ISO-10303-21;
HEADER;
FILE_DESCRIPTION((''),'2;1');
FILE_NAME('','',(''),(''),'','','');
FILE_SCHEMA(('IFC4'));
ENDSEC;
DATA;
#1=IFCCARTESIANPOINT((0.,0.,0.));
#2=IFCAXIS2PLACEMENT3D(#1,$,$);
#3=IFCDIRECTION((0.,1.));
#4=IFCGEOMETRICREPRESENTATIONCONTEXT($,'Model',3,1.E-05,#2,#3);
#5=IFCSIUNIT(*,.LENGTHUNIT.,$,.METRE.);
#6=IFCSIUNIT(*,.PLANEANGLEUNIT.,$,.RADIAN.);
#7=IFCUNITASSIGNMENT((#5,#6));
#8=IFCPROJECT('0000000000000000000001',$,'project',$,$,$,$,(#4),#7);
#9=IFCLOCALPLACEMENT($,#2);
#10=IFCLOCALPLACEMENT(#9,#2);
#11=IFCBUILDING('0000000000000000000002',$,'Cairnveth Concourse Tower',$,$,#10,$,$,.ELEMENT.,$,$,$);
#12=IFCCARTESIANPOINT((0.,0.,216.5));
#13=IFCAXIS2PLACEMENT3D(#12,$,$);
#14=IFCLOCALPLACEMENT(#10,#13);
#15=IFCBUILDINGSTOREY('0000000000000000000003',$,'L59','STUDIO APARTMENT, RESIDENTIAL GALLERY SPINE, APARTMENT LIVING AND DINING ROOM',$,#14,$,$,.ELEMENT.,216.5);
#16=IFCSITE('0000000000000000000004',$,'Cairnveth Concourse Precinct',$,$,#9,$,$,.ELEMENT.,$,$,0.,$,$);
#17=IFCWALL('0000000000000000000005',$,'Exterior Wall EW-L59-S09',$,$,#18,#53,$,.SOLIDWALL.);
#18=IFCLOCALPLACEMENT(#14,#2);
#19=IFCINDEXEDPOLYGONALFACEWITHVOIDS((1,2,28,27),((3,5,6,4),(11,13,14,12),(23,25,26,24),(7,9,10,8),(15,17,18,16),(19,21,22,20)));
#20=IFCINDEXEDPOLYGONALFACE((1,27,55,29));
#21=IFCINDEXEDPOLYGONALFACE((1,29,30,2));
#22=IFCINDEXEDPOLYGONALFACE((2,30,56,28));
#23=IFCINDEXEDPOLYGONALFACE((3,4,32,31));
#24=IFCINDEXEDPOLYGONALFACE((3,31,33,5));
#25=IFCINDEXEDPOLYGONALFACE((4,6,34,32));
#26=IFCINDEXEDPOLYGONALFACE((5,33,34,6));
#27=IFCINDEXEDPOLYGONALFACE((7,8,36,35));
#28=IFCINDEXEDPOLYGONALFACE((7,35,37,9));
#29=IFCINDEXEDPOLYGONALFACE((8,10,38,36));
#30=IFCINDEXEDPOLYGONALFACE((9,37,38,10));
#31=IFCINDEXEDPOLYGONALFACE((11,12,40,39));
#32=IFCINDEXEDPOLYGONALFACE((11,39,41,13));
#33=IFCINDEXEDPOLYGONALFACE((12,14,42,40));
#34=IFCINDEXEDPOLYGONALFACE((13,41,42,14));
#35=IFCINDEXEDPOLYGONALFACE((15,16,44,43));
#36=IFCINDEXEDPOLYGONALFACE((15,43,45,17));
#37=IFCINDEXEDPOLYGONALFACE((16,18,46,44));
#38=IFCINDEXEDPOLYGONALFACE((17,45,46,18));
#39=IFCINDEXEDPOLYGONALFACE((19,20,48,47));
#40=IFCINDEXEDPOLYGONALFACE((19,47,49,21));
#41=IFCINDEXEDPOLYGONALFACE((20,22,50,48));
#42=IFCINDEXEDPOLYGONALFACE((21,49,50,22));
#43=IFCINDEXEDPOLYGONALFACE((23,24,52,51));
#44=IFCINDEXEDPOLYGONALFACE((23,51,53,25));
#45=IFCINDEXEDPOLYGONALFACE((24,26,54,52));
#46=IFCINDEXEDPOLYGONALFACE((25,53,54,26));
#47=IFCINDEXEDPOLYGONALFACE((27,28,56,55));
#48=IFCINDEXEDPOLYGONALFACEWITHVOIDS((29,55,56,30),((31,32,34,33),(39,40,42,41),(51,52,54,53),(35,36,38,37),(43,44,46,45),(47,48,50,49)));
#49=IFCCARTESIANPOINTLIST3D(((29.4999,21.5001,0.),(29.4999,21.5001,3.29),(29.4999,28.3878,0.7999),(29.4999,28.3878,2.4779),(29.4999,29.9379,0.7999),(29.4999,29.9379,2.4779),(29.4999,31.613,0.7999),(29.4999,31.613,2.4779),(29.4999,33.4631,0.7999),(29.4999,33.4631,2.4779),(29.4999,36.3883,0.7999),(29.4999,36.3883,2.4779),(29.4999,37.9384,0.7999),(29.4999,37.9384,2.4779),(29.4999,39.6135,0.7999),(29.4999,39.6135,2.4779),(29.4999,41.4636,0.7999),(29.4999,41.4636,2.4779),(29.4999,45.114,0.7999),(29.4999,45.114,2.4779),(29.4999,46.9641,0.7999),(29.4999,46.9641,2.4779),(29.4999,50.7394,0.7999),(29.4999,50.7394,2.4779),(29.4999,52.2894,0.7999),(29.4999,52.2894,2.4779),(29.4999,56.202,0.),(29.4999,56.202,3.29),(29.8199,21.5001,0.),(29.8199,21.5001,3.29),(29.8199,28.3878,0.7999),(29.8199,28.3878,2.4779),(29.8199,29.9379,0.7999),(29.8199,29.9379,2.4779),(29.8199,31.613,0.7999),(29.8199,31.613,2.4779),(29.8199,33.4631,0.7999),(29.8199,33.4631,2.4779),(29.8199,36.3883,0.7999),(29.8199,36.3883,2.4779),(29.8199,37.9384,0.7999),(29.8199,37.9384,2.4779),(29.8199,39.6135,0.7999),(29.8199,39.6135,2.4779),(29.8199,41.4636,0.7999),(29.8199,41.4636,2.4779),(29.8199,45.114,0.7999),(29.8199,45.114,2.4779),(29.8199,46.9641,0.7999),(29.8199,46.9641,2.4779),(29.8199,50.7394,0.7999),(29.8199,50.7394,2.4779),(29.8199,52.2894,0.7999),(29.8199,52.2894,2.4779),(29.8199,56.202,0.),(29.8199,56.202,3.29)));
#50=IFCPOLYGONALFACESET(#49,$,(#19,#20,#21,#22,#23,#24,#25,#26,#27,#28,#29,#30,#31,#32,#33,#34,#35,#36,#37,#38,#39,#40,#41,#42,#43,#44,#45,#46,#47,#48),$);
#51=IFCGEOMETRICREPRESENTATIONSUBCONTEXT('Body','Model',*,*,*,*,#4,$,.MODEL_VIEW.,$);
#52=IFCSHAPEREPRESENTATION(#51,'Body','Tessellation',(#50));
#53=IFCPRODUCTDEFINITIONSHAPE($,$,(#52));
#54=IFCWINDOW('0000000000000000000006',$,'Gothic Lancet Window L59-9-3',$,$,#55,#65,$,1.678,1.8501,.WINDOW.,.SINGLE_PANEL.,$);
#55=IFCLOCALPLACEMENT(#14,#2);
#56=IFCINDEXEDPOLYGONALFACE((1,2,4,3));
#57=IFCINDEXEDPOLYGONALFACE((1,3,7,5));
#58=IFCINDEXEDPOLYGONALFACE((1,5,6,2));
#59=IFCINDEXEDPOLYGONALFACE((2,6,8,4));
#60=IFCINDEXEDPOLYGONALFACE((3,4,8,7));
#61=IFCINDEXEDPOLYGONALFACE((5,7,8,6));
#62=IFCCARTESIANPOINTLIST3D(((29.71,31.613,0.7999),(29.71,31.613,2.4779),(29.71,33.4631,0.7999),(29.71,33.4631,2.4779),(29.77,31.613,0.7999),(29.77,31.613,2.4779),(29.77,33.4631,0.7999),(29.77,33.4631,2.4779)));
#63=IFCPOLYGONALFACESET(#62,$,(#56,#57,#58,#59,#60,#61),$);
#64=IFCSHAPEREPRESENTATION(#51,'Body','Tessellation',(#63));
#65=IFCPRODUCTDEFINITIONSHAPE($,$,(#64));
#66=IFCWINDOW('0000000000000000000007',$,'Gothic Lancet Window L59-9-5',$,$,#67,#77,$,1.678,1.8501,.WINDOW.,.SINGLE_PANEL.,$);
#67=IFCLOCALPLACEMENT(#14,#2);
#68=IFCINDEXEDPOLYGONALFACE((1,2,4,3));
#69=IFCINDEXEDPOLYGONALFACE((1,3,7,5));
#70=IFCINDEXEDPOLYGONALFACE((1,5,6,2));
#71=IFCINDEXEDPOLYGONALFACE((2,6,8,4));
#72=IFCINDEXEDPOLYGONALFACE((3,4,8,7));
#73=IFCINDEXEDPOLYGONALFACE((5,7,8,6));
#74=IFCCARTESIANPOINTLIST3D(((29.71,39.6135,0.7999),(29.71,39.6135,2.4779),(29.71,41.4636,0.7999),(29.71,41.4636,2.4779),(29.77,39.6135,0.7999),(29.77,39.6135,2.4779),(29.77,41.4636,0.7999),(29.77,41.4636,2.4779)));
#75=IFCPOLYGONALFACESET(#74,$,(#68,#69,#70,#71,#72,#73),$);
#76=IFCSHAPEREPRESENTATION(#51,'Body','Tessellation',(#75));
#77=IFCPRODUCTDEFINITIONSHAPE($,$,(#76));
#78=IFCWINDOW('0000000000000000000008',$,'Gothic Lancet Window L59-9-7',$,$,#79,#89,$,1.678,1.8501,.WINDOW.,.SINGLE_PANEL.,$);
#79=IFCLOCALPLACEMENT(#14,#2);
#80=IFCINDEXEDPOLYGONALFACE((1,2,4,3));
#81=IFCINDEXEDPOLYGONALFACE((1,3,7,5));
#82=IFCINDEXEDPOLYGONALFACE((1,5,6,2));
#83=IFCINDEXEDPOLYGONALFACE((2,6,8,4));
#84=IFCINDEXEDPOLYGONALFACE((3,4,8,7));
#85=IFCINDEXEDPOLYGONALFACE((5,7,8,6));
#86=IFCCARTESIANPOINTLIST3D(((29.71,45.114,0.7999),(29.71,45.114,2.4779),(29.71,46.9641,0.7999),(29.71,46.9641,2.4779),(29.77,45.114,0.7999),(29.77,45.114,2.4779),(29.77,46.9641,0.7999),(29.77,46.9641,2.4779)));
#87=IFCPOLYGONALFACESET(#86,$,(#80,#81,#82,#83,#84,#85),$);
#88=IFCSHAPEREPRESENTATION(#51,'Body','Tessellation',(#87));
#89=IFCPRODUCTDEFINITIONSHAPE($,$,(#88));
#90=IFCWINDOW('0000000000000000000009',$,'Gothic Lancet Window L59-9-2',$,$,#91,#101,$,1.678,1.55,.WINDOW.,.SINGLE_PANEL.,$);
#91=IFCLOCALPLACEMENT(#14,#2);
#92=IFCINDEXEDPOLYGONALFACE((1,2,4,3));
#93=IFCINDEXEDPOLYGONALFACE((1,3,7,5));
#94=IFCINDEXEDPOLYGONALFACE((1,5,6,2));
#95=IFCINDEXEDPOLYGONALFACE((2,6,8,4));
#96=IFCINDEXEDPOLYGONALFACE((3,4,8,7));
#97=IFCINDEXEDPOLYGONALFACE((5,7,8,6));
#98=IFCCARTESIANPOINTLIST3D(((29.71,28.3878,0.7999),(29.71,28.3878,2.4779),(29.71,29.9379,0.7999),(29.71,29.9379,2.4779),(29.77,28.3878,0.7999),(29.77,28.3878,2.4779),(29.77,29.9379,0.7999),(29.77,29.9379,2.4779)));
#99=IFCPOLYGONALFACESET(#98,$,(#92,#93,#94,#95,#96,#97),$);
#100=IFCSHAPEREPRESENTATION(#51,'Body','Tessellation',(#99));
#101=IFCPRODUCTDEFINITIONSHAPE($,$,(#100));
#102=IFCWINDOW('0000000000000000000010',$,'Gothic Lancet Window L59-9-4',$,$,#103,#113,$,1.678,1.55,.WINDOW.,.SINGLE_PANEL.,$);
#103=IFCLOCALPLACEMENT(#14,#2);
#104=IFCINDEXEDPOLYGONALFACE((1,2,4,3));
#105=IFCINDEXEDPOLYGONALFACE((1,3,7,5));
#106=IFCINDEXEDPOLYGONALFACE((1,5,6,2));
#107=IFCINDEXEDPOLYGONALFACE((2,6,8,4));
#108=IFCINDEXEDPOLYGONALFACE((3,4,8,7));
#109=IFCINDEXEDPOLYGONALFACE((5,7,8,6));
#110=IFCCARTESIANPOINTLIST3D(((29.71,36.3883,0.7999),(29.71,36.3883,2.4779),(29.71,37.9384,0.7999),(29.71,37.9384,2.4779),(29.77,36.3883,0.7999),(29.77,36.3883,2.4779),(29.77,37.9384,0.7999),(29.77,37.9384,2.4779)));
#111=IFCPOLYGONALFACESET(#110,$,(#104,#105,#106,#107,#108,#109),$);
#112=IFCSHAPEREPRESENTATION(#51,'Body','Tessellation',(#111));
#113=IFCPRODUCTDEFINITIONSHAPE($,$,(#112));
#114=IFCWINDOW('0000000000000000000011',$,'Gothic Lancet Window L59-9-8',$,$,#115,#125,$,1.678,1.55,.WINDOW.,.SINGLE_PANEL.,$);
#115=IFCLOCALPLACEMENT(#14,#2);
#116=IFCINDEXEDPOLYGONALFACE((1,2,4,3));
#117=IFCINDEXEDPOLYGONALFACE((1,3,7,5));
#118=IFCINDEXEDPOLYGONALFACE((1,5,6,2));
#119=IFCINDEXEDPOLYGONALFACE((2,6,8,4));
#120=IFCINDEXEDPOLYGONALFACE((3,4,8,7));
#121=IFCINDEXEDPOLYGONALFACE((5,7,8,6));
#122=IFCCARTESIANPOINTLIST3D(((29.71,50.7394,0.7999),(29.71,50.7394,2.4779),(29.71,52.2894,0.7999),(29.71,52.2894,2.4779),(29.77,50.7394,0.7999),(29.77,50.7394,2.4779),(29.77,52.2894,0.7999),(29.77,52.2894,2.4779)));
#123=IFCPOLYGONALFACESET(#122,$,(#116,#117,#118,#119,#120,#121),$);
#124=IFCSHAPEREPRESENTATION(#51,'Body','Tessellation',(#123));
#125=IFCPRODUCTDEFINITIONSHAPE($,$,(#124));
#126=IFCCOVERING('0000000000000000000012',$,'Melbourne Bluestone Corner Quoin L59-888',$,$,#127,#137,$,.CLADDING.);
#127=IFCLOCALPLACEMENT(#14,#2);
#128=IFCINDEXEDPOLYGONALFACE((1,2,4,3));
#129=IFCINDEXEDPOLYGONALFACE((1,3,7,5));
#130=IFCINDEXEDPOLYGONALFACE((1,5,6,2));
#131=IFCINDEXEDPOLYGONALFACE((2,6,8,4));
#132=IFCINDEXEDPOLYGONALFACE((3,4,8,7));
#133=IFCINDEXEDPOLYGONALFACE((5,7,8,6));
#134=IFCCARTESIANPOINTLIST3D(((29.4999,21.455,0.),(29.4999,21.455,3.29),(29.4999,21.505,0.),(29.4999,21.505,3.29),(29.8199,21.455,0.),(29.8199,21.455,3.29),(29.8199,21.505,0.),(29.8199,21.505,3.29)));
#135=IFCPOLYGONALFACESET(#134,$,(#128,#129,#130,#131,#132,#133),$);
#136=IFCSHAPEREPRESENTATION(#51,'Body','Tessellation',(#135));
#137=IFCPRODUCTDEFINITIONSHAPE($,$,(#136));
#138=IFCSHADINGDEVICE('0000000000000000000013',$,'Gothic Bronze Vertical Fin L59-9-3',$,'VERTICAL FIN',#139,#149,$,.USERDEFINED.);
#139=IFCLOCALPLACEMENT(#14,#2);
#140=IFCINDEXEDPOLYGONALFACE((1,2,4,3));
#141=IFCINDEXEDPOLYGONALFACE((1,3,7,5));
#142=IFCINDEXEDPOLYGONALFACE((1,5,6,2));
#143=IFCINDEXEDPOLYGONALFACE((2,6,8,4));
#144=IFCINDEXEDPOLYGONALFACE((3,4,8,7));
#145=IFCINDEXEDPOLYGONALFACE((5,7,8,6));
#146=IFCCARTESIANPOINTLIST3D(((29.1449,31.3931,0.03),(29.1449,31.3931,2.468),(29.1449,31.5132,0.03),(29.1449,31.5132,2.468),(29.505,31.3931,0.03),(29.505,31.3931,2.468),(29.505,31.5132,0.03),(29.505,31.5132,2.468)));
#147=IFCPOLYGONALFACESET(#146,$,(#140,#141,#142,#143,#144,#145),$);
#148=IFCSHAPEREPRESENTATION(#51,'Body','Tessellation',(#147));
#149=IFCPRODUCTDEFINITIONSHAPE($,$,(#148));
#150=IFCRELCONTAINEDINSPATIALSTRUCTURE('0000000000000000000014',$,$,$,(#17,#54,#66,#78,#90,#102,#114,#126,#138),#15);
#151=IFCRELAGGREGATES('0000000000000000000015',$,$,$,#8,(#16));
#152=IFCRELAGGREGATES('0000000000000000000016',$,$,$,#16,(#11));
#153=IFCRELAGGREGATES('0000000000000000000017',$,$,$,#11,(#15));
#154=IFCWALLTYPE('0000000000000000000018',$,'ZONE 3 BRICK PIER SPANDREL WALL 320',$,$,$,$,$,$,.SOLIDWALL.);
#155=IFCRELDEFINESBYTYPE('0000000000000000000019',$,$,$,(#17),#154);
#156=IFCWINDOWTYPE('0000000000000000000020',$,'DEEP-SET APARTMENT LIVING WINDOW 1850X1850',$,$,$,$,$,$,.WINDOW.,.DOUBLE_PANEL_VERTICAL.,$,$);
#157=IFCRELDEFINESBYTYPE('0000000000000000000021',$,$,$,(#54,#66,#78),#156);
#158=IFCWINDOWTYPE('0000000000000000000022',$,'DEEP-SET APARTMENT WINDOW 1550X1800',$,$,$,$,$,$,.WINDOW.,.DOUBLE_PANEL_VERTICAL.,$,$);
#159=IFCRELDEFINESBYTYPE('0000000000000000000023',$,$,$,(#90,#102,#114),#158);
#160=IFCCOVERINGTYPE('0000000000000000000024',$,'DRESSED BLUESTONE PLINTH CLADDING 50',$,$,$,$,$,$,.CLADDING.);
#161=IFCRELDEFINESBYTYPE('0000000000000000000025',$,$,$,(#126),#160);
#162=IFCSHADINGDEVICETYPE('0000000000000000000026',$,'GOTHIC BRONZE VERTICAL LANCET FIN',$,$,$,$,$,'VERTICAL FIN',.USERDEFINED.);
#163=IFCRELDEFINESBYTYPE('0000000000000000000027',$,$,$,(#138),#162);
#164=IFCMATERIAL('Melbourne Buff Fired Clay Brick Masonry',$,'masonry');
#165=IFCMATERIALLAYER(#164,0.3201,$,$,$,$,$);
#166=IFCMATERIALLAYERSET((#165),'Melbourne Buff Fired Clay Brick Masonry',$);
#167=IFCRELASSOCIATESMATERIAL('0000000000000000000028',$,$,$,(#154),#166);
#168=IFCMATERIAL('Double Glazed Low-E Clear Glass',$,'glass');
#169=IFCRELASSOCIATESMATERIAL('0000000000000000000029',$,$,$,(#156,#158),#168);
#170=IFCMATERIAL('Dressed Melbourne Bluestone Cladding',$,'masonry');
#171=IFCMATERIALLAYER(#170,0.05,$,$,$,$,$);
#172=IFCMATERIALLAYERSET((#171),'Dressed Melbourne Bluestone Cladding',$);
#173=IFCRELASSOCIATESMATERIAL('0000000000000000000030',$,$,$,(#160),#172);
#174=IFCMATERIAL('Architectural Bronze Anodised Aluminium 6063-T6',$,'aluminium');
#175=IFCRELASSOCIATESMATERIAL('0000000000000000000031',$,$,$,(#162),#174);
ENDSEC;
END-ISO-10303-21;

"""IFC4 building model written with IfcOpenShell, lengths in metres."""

from ifc_helpers import new_model, si_unit, direction, frame, frame_2d, origin, origin_2d, place, context, subcontext, project, spatial, rectangle, extrude, material, layer, layer_set, type_object, element, fill, save


model = new_model("IFC4")

# Units and contexts
model_context = context("Model", 3, precision=1e-05, world=origin(), true_north=direction((0.0, 1.0)))
body_context = subcontext(model_context, "Body", "Model", "MODEL_VIEW")
ifc_project = project(units=[si_unit("LENGTHUNIT", "METRE"), si_unit("PLANEANGLEUNIT", "RADIAN")], contexts=[model_context])

# Site, building, storey
site_placement = place(None, origin())
site = spatial("IfcSite", under=ifc_project, at=site_placement, Name="Cairnveth Concourse Precinct", CompositionType="ELEMENT", RefElevation=0.0)
building_placement = place(site_placement, origin())
building = spatial("IfcBuilding", under=site, at=building_placement, Name="Cairnveth Concourse Tower", CompositionType="ELEMENT")
storey_placement = place(building_placement, frame((0.0, 0.0, 216.5)))
storey = spatial("IfcBuildingStorey", under=building, at=storey_placement, Name="L59", Description="STUDIO APARTMENT, RESIDENTIAL GALLERY SPINE, APARTMENT LIVING AND DINING ROOM", CompositionType="ELEMENT", Elevation=216.5)

# Wall, openings, windows
ifc_material_1 = material(Name="Melbourne Buff Fired Clay Brick Masonry", Category="masonry")
ifc_layer_1 = layer(ifc_material_1, 0.3201)
ifc_layer_set_1 = layer_set([ifc_layer_1], Name="Melbourne Buff Fired Clay Brick Masonry")
wall_type_1 = type_object("IfcWallType", Name="ZONE 3 BRICK PIER SPANDREL WALL 320", PredefinedType="SOLIDWALL", material=ifc_layer_set_1)
wall_1_placement = place(storey_placement, frame((29.6599, 21.5, 0.0), z_axis=(0.0, 0.0, 1.0), x_axis=(0.0, 1.0, 0.0)))
wall_1 = element("IfcWall", 1, at=wall_1_placement, inside=storey, type_object=wall_type_1, Name="Exterior Wall EW-L59-S09", PredefinedType="SOLIDWALL", context=body_context, shape_type="SweptSolid", body=[
    extrude(rectangle(XDim=34.7019, YDim=0.3201, at=frame_2d((17.3511, 0.0))), origin(), (0.0, 0.0, 1.0), 3.29),
])
opening_1_placement = place(wall_1_placement, frame((6.8879, 0.0, 0.8)))
opening_1 = element("IfcOpeningElement", 2, at=opening_1_placement, cuts=wall_1, PredefinedType="OPENING", context=body_context, shape_type="SweptSolid", body=[
    extrude(rectangle(XDim=1.55, YDim=1.678, at=frame_2d((0.7749, 0.8389))), frame((0.0, 0.1699, 0.0), z_axis=(0.0, -1.0, 0.0), x_axis=(1.0, 0.0, 0.0)), (0.0, 0.0, 1.0), 0.3401),
])
opening_2_placement = place(wall_1_placement, frame((10.113, 0.0, 0.8)))
opening_2 = element("IfcOpeningElement", 3, at=opening_2_placement, cuts=wall_1, PredefinedType="OPENING", context=body_context, shape_type="SweptSolid", body=[
    extrude(rectangle(XDim=1.8501, YDim=1.678, at=frame_2d((0.925, 0.8389))), frame((0.0, 0.1699, 0.0), z_axis=(0.0, -1.0, 0.0), x_axis=(1.0, 0.0, 0.0)), (0.0, 0.0, 1.0), 0.3401),
])
opening_3_placement = place(wall_1_placement, frame((14.8884, 0.0, 0.8)))
opening_3 = element("IfcOpeningElement", 4, at=opening_3_placement, cuts=wall_1, PredefinedType="OPENING", context=body_context, shape_type="SweptSolid", body=[
    extrude(rectangle(XDim=1.55, YDim=1.678, at=frame_2d((0.7749, 0.8389))), frame((0.0, 0.1699, 0.0), z_axis=(0.0, -1.0, 0.0), x_axis=(1.0, 0.0, 0.0)), (0.0, 0.0, 1.0), 0.3401),
])
opening_4_placement = place(wall_1_placement, frame((18.1135, 0.0, 0.8)))
opening_4 = element("IfcOpeningElement", 5, at=opening_4_placement, cuts=wall_1, PredefinedType="OPENING", context=body_context, shape_type="SweptSolid", body=[
    extrude(rectangle(XDim=1.8501, YDim=1.678, at=frame_2d((0.925, 0.8389))), frame((0.0, 0.1699, 0.0), z_axis=(0.0, -1.0, 0.0), x_axis=(1.0, 0.0, 0.0)), (0.0, 0.0, 1.0), 0.3401),
])
opening_5_placement = place(wall_1_placement, frame((23.614, 0.0, 0.8)))
opening_5 = element("IfcOpeningElement", 6, at=opening_5_placement, cuts=wall_1, PredefinedType="OPENING", context=body_context, shape_type="SweptSolid", body=[
    extrude(rectangle(XDim=1.8501, YDim=1.678, at=frame_2d((0.925, 0.8389))), frame((0.0, 0.1699, 0.0), z_axis=(0.0, -1.0, 0.0), x_axis=(1.0, 0.0, 0.0)), (0.0, 0.0, 1.0), 0.3401),
])
opening_6_placement = place(wall_1_placement, frame((29.2395, 0.0, 0.8)))
opening_6 = element("IfcOpeningElement", 7, at=opening_6_placement, cuts=wall_1, PredefinedType="OPENING", context=body_context, shape_type="SweptSolid", body=[
    extrude(rectangle(XDim=1.55, YDim=1.678, at=frame_2d((0.7749, 0.8389))), frame((0.0, 0.1699, 0.0), z_axis=(0.0, -1.0, 0.0), x_axis=(1.0, 0.0, 0.0)), (0.0, 0.0, 1.0), 0.3401),
])
ifc_material_2 = material(Name="Double Glazed Low-E Clear Glass", Category="glass")
window_type_1 = type_object("IfcWindowType", Name="DEEP-SET APARTMENT LIVING WINDOW 1850X1850", PartitioningType="DOUBLE_PANEL_VERTICAL", PredefinedType="WINDOW", material=ifc_material_2)
window_1_placement = place(opening_2_placement, origin())
window_1 = element("IfcWindow", 8, at=window_1_placement, inside=storey, type_object=window_type_1, Name="Gothic Lancet Window L59-9-3", OverallHeight=1.678, OverallWidth=1.8501, PartitioningType="SINGLE_PANEL", PredefinedType="WINDOW", context=body_context, shape_type="SweptSolid", body=[
    extrude(rectangle(XDim=1.8501, YDim=1.678, at=frame_2d((0.925, 0.8389))), frame((0.0, -0.05, 0.0), z_axis=(0.0, -1.0, 0.0), x_axis=(1.0, 0.0, 0.0)), (0.0, 0.0, 1.0), 0.0601),
])
fill(opening_2, window_1)
window_2_placement = place(opening_4_placement, origin())
window_2 = element("IfcWindow", 9, at=window_2_placement, inside=storey, type_object=window_type_1, Name="Gothic Lancet Window L59-9-5", OverallHeight=1.678, OverallWidth=1.8501, PartitioningType="SINGLE_PANEL", PredefinedType="WINDOW", context=body_context, shape_type="SweptSolid", body=[
    extrude(rectangle(XDim=1.8501, YDim=1.678, at=frame_2d((0.925, 0.8389))), frame((0.0, -0.05, 0.0), z_axis=(0.0, -1.0, 0.0), x_axis=(1.0, 0.0, 0.0)), (0.0, 0.0, 1.0), 0.0601),
])
fill(opening_4, window_2)
window_3_placement = place(opening_5_placement, origin())
window_3 = element("IfcWindow", 10, at=window_3_placement, inside=storey, type_object=window_type_1, Name="Gothic Lancet Window L59-9-7", OverallHeight=1.678, OverallWidth=1.8501, PartitioningType="SINGLE_PANEL", PredefinedType="WINDOW", context=body_context, shape_type="SweptSolid", body=[
    extrude(rectangle(XDim=1.8501, YDim=1.678, at=frame_2d((0.925, 0.8389))), frame((0.0, -0.05, 0.0), z_axis=(0.0, -1.0, 0.0), x_axis=(1.0, 0.0, 0.0)), (0.0, 0.0, 1.0), 0.0601),
])
fill(opening_5, window_3)
window_type_2 = type_object("IfcWindowType", Name="DEEP-SET APARTMENT WINDOW 1550X1800", PartitioningType="DOUBLE_PANEL_VERTICAL", PredefinedType="WINDOW", material=ifc_material_2)
window_4_placement = place(opening_1_placement, origin())
window_4 = element("IfcWindow", 11, at=window_4_placement, inside=storey, type_object=window_type_2, Name="Gothic Lancet Window L59-9-2", OverallHeight=1.678, OverallWidth=1.55, PartitioningType="SINGLE_PANEL", PredefinedType="WINDOW", context=body_context, shape_type="SweptSolid", body=[
    extrude(rectangle(XDim=1.55, YDim=1.678, at=frame_2d((0.7749, 0.8389))), frame((0.0, -0.05, 0.0), z_axis=(0.0, -1.0, 0.0), x_axis=(1.0, 0.0, 0.0)), (0.0, 0.0, 1.0), 0.0601),
])
fill(opening_1, window_4)
window_5_placement = place(opening_3_placement, origin())
window_5 = element("IfcWindow", 12, at=window_5_placement, inside=storey, type_object=window_type_2, Name="Gothic Lancet Window L59-9-4", OverallHeight=1.678, OverallWidth=1.55, PartitioningType="SINGLE_PANEL", PredefinedType="WINDOW", context=body_context, shape_type="SweptSolid", body=[
    extrude(rectangle(XDim=1.55, YDim=1.678, at=frame_2d((0.7749, 0.8389))), frame((0.0, -0.05, 0.0), z_axis=(0.0, -1.0, 0.0), x_axis=(1.0, 0.0, 0.0)), (0.0, 0.0, 1.0), 0.0601),
])
fill(opening_3, window_5)
window_6_placement = place(opening_6_placement, origin())
window_6 = element("IfcWindow", 13, at=window_6_placement, inside=storey, type_object=window_type_2, Name="Gothic Lancet Window L59-9-8", OverallHeight=1.678, OverallWidth=1.55, PartitioningType="SINGLE_PANEL", PredefinedType="WINDOW", context=body_context, shape_type="SweptSolid", body=[
    extrude(rectangle(XDim=1.55, YDim=1.678, at=frame_2d((0.7749, 0.8389))), frame((0.0, -0.05, 0.0), z_axis=(0.0, -1.0, 0.0), x_axis=(1.0, 0.0, 0.0)), (0.0, 0.0, 1.0), 0.0601),
])
fill(opening_6, window_6)

# Covering
ifc_material_3 = material(Name="Dressed Melbourne Bluestone Cladding", Category="masonry")
ifc_layer_2 = layer(ifc_material_3, 0.05)
ifc_layer_set_2 = layer_set([ifc_layer_2], Name="Dressed Melbourne Bluestone Cladding")
covering_type = type_object("IfcCoveringType", Name="DRESSED BLUESTONE PLINTH CLADDING 50", PredefinedType="CLADDING", material=ifc_layer_set_2)
covering_placement = place(storey_placement, frame((29.8201, 21.48, 0.0), z_axis=(0.0, 0.0, 1.0), x_axis=(-1.0, 0.0, 0.0)))
element("IfcCovering", 14, at=covering_placement, inside=storey, type_object=covering_type, Name="Melbourne Bluestone Corner Quoin L59-888", PredefinedType="CLADDING", context=body_context, shape_type="SweptSolid", body=[
    extrude(rectangle(XDim=0.3201, YDim=0.05, at=frame_2d((0.1602, 0.0))), origin(), (0.0, 0.0, 1.0), 3.29),
])

# Shading device
ifc_material_4 = material(Name="Architectural Bronze Anodised Aluminium 6063-T6", Category="aluminium")
shading_device_type = type_object("IfcShadingDeviceType", Name="GOTHIC BRONZE VERTICAL LANCET FIN", ElementType="VERTICAL FIN", PredefinedType="USERDEFINED", material=ifc_material_4)
shading_device_placement = place(storey_placement, frame((29.325, 31.4531, 0.03), z_axis=(0.0, 0.0, 1.0), x_axis=(0.0, 1.0, 0.0)))
element("IfcShadingDevice", 15, at=shading_device_placement, inside=storey, type_object=shading_device_type, Name="Gothic Bronze Vertical Fin L59-9-3", ObjectType="VERTICAL FIN", PredefinedType="USERDEFINED", context=body_context, shape_type="SweptSolid", body=[
    extrude(rectangle(XDim=0.1201, YDim=0.3601, at=origin_2d()), origin(), (0.0, 0.0, 1.0), 2.438),
])

save(model, "model.ifc")
